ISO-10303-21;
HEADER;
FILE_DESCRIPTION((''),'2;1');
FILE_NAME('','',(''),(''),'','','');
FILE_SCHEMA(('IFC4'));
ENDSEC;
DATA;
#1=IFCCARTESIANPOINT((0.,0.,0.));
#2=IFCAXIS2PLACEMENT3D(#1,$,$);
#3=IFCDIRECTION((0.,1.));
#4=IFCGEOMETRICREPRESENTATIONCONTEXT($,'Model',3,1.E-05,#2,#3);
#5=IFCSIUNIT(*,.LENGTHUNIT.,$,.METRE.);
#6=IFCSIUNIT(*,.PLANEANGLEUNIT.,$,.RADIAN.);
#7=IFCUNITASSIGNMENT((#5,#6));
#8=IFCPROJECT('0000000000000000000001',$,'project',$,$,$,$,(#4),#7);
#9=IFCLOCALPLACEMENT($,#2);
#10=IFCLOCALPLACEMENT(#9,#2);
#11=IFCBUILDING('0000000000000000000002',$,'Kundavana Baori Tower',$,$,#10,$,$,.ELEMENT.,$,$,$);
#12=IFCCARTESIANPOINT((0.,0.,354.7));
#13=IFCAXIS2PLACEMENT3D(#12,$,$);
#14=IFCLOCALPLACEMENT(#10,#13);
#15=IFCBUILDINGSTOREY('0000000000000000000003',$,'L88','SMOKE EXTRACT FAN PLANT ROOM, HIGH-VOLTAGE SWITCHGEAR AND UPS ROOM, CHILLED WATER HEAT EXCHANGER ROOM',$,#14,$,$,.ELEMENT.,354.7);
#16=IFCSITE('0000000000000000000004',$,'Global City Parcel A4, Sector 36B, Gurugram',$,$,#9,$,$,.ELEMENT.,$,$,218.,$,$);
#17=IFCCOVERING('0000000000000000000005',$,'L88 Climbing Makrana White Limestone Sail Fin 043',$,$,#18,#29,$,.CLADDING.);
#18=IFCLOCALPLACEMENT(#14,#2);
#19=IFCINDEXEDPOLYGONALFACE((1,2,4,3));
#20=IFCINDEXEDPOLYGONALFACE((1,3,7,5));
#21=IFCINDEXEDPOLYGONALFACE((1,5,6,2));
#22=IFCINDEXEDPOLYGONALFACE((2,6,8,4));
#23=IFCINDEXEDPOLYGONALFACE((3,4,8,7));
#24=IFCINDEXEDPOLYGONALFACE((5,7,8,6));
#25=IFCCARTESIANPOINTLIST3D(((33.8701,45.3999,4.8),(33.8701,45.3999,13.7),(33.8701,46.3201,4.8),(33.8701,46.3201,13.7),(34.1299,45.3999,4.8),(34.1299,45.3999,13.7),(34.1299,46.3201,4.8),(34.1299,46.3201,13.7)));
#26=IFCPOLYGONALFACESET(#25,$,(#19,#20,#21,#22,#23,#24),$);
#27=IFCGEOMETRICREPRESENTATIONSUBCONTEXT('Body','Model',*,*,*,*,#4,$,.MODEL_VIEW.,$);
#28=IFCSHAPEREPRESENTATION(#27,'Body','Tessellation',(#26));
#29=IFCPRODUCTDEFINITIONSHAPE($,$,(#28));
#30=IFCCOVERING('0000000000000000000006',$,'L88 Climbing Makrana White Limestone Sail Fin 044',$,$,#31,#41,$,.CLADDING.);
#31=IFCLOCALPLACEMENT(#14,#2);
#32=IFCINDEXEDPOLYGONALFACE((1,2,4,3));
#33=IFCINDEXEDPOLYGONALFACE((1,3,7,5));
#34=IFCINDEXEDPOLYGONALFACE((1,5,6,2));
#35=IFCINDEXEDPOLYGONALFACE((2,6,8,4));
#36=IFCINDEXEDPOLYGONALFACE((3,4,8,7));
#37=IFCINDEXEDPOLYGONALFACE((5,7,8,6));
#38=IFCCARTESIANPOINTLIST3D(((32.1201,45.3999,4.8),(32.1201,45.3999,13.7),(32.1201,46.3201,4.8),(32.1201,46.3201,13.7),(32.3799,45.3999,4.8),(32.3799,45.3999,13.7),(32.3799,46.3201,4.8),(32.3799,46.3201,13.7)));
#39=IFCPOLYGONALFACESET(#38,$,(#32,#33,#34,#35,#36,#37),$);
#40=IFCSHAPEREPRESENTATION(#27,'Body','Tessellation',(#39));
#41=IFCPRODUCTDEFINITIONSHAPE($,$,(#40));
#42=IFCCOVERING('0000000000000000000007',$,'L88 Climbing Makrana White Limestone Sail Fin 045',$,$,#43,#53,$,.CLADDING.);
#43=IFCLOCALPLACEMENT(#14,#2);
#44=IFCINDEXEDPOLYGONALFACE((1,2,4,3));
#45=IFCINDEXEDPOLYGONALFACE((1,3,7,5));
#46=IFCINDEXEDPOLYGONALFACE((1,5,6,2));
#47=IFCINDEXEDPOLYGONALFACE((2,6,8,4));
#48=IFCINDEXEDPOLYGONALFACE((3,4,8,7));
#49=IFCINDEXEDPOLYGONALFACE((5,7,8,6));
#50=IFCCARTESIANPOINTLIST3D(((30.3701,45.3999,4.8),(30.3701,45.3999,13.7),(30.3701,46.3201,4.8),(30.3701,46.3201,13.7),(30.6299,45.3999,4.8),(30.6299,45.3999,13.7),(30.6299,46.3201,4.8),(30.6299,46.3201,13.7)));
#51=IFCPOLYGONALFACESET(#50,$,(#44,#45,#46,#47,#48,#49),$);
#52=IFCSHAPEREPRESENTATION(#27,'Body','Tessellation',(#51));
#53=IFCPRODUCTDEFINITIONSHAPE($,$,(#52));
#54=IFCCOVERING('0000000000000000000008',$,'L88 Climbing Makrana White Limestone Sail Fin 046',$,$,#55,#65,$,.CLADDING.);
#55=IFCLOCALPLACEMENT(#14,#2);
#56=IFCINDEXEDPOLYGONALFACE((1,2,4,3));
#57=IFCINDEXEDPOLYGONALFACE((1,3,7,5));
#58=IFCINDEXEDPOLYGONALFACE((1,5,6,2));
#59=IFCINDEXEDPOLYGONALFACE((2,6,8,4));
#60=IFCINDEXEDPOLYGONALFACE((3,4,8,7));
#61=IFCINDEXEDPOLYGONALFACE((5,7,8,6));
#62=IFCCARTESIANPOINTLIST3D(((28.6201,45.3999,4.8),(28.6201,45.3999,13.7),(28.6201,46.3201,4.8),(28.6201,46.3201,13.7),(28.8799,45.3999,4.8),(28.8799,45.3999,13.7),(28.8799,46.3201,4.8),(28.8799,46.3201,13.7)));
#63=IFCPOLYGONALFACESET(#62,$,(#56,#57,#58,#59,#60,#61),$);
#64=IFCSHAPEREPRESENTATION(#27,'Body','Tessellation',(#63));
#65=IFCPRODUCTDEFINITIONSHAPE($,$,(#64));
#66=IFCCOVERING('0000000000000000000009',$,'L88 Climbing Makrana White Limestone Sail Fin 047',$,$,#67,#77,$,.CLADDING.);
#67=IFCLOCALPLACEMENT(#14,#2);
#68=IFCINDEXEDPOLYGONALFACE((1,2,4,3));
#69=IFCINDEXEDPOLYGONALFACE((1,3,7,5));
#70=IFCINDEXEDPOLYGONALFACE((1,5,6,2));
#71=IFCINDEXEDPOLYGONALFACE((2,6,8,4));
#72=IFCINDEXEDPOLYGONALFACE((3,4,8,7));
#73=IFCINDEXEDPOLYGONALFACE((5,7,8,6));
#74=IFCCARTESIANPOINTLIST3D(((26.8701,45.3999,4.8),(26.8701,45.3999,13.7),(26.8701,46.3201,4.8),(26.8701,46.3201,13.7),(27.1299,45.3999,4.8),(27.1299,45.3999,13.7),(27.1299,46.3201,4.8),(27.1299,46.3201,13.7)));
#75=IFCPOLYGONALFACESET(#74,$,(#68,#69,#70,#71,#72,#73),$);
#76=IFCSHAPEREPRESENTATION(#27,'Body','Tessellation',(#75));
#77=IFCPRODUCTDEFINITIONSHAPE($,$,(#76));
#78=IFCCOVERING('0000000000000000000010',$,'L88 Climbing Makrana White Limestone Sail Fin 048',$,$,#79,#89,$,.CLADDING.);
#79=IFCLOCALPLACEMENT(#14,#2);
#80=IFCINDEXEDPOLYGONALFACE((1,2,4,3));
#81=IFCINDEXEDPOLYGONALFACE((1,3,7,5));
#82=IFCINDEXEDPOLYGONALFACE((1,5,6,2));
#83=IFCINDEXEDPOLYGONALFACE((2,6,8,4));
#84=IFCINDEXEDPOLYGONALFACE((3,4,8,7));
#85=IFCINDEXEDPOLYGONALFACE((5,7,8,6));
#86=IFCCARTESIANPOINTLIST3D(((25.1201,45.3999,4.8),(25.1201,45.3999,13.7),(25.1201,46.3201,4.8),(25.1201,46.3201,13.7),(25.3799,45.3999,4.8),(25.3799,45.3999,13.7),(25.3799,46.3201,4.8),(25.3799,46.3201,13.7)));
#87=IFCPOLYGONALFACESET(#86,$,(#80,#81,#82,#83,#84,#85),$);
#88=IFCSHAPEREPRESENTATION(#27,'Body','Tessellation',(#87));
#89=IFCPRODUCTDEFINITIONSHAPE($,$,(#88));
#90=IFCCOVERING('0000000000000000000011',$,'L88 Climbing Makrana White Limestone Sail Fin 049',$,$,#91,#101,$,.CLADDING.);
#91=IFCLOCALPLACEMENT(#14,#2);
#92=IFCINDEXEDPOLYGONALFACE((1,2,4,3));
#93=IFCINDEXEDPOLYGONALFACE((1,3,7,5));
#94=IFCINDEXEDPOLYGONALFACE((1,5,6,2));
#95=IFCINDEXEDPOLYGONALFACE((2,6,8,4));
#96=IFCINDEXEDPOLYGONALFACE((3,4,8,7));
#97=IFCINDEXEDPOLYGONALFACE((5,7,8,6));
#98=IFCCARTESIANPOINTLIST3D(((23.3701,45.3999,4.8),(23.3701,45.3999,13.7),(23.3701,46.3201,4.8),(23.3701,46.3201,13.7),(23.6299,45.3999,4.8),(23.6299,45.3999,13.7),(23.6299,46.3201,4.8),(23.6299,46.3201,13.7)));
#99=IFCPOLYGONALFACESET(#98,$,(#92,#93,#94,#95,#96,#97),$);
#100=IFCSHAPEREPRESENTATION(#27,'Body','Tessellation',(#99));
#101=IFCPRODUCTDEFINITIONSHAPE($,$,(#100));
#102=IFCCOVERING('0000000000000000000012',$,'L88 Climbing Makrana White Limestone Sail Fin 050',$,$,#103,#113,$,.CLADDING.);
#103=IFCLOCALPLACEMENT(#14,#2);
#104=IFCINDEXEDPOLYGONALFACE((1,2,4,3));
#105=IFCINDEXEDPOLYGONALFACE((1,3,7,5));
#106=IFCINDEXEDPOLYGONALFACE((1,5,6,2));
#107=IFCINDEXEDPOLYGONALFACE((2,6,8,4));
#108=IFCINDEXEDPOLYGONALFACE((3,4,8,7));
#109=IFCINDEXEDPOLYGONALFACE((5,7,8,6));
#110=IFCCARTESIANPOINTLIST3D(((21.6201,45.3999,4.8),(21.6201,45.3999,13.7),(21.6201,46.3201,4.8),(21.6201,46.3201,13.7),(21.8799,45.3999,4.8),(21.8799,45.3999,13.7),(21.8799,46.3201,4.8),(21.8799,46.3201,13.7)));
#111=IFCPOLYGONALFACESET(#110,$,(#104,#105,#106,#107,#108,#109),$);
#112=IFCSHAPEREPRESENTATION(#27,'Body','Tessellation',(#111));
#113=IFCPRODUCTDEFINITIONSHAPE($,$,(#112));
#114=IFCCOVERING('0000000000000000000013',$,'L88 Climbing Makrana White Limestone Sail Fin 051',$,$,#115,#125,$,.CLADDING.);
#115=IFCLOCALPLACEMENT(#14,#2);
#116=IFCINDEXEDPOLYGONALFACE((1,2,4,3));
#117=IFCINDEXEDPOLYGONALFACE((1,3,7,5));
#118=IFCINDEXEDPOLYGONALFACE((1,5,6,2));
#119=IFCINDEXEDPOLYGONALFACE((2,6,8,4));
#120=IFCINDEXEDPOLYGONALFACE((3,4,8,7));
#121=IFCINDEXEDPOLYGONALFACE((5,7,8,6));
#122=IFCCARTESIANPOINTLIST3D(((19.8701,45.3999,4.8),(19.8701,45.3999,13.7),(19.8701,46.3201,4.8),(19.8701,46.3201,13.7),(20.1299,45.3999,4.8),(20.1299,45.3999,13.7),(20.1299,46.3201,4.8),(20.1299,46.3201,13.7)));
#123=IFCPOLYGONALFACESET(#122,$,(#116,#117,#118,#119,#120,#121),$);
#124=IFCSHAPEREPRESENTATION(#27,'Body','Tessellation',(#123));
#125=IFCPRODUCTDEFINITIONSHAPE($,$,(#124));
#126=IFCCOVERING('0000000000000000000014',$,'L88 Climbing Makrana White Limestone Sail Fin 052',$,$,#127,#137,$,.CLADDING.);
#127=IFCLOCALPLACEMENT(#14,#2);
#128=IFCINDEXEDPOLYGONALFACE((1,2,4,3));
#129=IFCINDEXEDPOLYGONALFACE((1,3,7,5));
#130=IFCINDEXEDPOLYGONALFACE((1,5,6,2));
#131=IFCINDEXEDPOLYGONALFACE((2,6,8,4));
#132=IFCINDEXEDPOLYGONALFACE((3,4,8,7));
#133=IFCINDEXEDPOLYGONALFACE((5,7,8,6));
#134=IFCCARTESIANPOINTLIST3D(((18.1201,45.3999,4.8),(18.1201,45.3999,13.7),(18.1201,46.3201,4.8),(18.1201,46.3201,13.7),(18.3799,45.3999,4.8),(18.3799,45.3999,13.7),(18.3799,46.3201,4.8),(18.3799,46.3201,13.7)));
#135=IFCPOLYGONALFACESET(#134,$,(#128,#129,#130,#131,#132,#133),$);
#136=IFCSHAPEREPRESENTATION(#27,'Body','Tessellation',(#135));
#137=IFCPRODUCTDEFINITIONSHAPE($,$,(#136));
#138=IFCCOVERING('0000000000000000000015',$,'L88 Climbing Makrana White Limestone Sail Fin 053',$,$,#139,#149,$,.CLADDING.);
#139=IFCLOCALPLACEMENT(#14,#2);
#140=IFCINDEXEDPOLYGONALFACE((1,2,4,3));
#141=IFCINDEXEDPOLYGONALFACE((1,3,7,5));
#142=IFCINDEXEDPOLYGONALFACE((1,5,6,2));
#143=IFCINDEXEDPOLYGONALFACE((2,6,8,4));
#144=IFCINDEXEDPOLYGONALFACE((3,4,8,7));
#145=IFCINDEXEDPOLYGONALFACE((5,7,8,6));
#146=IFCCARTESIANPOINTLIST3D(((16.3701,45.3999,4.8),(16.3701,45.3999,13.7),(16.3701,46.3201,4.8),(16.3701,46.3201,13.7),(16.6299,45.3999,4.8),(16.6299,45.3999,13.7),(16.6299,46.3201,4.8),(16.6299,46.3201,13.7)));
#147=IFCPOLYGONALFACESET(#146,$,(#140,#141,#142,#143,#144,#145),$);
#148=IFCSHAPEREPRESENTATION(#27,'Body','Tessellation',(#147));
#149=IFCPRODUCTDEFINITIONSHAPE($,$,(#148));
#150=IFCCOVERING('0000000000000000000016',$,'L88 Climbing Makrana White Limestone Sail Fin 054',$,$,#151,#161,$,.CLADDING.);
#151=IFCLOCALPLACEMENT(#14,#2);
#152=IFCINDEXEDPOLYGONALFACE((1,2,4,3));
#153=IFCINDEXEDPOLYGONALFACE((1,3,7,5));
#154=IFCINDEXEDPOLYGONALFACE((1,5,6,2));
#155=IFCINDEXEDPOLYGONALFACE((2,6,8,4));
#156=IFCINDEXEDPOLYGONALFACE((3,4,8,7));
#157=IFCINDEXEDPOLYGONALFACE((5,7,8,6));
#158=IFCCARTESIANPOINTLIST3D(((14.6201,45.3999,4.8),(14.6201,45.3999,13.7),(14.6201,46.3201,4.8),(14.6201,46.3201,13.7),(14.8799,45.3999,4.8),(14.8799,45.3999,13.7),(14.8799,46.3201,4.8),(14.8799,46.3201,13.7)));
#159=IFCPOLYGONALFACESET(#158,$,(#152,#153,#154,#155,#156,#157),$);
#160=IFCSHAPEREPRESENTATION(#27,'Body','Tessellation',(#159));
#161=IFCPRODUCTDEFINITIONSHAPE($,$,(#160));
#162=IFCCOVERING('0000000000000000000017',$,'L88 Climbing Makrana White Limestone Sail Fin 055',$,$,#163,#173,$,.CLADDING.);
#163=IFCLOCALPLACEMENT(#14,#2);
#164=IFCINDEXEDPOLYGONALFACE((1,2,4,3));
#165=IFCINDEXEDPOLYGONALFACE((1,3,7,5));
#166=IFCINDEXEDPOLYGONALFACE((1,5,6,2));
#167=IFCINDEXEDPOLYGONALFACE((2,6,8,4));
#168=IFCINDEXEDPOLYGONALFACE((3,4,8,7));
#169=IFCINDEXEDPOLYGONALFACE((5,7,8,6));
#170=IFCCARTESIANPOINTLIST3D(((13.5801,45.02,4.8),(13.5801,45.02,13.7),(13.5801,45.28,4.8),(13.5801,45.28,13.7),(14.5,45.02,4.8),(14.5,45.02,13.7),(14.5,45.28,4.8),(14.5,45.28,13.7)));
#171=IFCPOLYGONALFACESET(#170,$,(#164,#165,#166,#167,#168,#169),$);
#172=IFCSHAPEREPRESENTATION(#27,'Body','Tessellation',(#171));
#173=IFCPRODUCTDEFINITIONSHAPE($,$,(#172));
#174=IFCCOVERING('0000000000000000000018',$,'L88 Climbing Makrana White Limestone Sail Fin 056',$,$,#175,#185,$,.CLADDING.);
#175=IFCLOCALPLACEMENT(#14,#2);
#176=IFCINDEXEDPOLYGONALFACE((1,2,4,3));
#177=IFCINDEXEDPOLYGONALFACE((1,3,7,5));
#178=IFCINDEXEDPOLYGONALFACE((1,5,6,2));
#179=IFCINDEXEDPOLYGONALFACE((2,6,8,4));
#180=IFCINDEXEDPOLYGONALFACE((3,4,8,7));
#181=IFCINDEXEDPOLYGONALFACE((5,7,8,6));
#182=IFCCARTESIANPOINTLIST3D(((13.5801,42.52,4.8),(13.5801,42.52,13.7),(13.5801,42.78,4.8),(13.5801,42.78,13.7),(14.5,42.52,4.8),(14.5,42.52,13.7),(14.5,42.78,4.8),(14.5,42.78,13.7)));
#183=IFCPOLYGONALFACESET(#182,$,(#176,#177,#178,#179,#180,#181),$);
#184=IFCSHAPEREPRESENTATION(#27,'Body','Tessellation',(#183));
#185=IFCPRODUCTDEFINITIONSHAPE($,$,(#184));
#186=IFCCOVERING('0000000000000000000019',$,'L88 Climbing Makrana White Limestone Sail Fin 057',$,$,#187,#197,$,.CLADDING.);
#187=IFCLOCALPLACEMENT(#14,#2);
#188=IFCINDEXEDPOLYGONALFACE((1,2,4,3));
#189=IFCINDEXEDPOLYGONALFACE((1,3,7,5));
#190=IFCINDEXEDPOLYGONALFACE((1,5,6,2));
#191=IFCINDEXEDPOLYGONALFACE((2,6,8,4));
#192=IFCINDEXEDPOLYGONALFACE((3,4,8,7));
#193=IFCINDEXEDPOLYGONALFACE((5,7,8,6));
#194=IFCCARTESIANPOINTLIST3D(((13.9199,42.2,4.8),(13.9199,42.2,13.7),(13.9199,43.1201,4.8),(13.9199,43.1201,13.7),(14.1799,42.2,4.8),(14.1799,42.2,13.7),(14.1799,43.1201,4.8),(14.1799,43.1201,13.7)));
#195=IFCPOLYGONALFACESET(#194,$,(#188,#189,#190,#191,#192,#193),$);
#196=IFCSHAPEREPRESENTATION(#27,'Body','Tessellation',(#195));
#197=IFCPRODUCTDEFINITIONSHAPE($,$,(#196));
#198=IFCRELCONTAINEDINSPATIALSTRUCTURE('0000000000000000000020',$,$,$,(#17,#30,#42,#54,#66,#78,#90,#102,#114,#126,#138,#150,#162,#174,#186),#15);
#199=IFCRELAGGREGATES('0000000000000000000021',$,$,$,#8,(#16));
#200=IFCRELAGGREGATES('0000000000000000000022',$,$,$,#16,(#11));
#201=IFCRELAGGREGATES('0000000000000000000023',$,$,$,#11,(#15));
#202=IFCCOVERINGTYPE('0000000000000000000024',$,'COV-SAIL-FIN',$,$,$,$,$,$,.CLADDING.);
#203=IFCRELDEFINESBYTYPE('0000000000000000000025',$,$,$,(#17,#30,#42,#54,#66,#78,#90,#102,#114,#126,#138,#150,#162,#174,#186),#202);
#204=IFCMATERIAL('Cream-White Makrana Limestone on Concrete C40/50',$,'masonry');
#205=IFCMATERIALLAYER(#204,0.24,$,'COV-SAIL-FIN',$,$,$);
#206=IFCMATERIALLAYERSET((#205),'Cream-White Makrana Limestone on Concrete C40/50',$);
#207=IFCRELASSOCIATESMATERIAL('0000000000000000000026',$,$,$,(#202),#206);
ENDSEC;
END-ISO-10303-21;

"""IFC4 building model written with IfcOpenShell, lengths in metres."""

from ifc_helpers import new_model, si_unit, direction, frame, origin, place, context, subcontext, project, spatial, polyline, outline, extrude, material, layer, layer_set, type_object, element, save


model = new_model("IFC4")

# Units and contexts
model_context = context("Model", 3, precision=1e-05, world=origin(), true_north=direction((0.0, 1.0)))
body_context = subcontext(model_context, "Body", "Model", "MODEL_VIEW")
ifc_project = project(units=[si_unit("LENGTHUNIT", "METRE"), si_unit("PLANEANGLEUNIT", "RADIAN")], contexts=[model_context])

# Site, building, storey
site_placement = place(None, origin())
site = spatial("IfcSite", under=ifc_project, at=site_placement, Name="Global City Parcel A4, Sector 36B, Gurugram", CompositionType="ELEMENT", RefElevation=218.0)
building_placement = place(site_placement, origin())
building = spatial("IfcBuilding", under=site, at=building_placement, Name="Kundavana Baori Tower", CompositionType="ELEMENT")
storey_placement = place(building_placement, frame((0.0, 0.0, 354.7)))
storey = spatial("IfcBuildingStorey", under=building, at=storey_placement, Name="L88", Description="SMOKE EXTRACT FAN PLANT ROOM, HIGH-VOLTAGE SWITCHGEAR AND UPS ROOM, CHILLED WATER HEAT EXCHANGER ROOM", CompositionType="ELEMENT", Elevation=354.7)

# Coverings
ifc_material = material(Name="Cream-White Makrana Limestone on Concrete C40/50", Category="masonry")
ifc_layer = layer(ifc_material, 0.24, Name="COV-SAIL-FIN")
ifc_layer_set = layer_set([ifc_layer], Name="Cream-White Makrana Limestone on Concrete C40/50")
covering_type = type_object("IfcCoveringType", Name="COV-SAIL-FIN", PredefinedType="CLADDING", material=ifc_layer_set)
covering_1_placement = place(storey_placement, frame((0.0, 0.0, 4.8)))
element("IfcCovering", 1, at=covering_1_placement, inside=storey, type_object=covering_type, Name="L88 Climbing Makrana White Limestone Sail Fin 043", PredefinedType="CLADDING", context=body_context, shape_type="SweptSolid", body=[
    extrude(outline(polyline([(33.8701, 45.3999), (34.1299, 45.3999), (34.1299, 46.3201), (33.8701, 46.3201), (33.8701, 45.3999)])), origin(), (0.0, 0.0, 1.0), 8.8999),
])
covering_2_placement = place(storey_placement, frame((0.0, 0.0, 4.8)))
element("IfcCovering", 2, at=covering_2_placement, inside=storey, type_object=covering_type, Name="L88 Climbing Makrana White Limestone Sail Fin 044", PredefinedType="CLADDING", context=body_context, shape_type="SweptSolid", body=[
    extrude(outline(polyline([(32.1201, 45.3999), (32.3799, 45.3999), (32.3799, 46.3201), (32.1201, 46.3201), (32.1201, 45.3999)])), origin(), (0.0, 0.0, 1.0), 8.8999),
])
covering_3_placement = place(storey_placement, frame((0.0, 0.0, 4.8)))
element("IfcCovering", 3, at=covering_3_placement, inside=storey, type_object=covering_type, Name="L88 Climbing Makrana White Limestone Sail Fin 045", PredefinedType="CLADDING", context=body_context, shape_type="SweptSolid", body=[
    extrude(outline(polyline([(30.3701, 45.3999), (30.6299, 45.3999), (30.6299, 46.3201), (30.3701, 46.3201), (30.3701, 45.3999)])), origin(), (0.0, 0.0, 1.0), 8.8999),
])
covering_4_placement = place(storey_placement, frame((0.0, 0.0, 4.8)))
element("IfcCovering", 4, at=covering_4_placement, inside=storey, type_object=covering_type, Name="L88 Climbing Makrana White Limestone Sail Fin 046", PredefinedType="CLADDING", context=body_context, shape_type="SweptSolid", body=[
    extrude(outline(polyline([(28.6201, 45.3999), (28.8799, 45.3999), (28.8799, 46.3201), (28.6201, 46.3201), (28.6201, 45.3999)])), origin(), (0.0, 0.0, 1.0), 8.8999),
])
covering_5_placement = place(storey_placement, frame((0.0, 0.0, 4.8)))
element("IfcCovering", 5, at=covering_5_placement, inside=storey, type_object=covering_type, Name="L88 Climbing Makrana White Limestone Sail Fin 047", PredefinedType="CLADDING", context=body_context, shape_type="SweptSolid", body=[
    extrude(outline(polyline([(26.8701, 45.3999), (27.1299, 45.3999), (27.1299, 46.3201), (26.8701, 46.3201), (26.8701, 45.3999)])), origin(), (0.0, 0.0, 1.0), 8.8999),
])
covering_6_placement = place(storey_placement, frame((0.0, 0.0, 4.8)))
element("IfcCovering", 6, at=covering_6_placement, inside=storey, type_object=covering_type, Name="L88 Climbing Makrana White Limestone Sail Fin 048", PredefinedType="CLADDING", context=body_context, shape_type="SweptSolid", body=[
    extrude(outline(polyline([(25.1201, 45.3999), (25.3799, 45.3999), (25.3799, 46.3201), (25.1201, 46.3201), (25.1201, 45.3999)])), origin(), (0.0, 0.0, 1.0), 8.8999),
])
covering_7_placement = place(storey_placement, frame((0.0, 0.0, 4.8)))
element("IfcCovering", 7, at=covering_7_placement, inside=storey, type_object=covering_type, Name="L88 Climbing Makrana White Limestone Sail Fin 049", PredefinedType="CLADDING", context=body_context, shape_type="SweptSolid", body=[
    extrude(outline(polyline([(23.3701, 45.3999), (23.6299, 45.3999), (23.6299, 46.3201), (23.3701, 46.3201), (23.3701, 45.3999)])), origin(), (0.0, 0.0, 1.0), 8.8999),
])
covering_8_placement = place(storey_placement, frame((0.0, 0.0, 4.8)))
element("IfcCovering", 8, at=covering_8_placement, inside=storey, type_object=covering_type, Name="L88 Climbing Makrana White Limestone Sail Fin 050", PredefinedType="CLADDING", context=body_context, shape_type="SweptSolid", body=[
    extrude(outline(polyline([(21.6201, 45.3999), (21.8799, 45.3999), (21.8799, 46.3201), (21.6201, 46.3201), (21.6201, 45.3999)])), origin(), (0.0, 0.0, 1.0), 8.8999),
])
covering_9_placement = place(storey_placement, frame((0.0, 0.0, 4.8)))
element("IfcCovering", 9, at=covering_9_placement, inside=storey, type_object=covering_type, Name="L88 Climbing Makrana White Limestone Sail Fin 051", PredefinedType="CLADDING", context=body_context, shape_type="SweptSolid", body=[
    extrude(outline(polyline([(19.8701, 45.3999), (20.1299, 45.3999), (20.1299, 46.3201), (19.8701, 46.3201), (19.8701, 45.3999)])), origin(), (0.0, 0.0, 1.0), 8.8999),
])
covering_10_placement = place(storey_placement, frame((0.0, 0.0, 4.8)))
element("IfcCovering", 10, at=covering_10_placement, inside=storey, type_object=covering_type, Name="L88 Climbing Makrana White Limestone Sail Fin 052", PredefinedType="CLADDING", context=body_context, shape_type="SweptSolid", body=[
    extrude(outline(polyline([(18.1201, 45.3999), (18.3799, 45.3999), (18.3799, 46.3201), (18.1201, 46.3201), (18.1201, 45.3999)])), origin(), (0.0, 0.0, 1.0), 8.8999),
])
covering_11_placement = place(storey_placement, frame((0.0, 0.0, 4.8)))
element("IfcCovering", 11, at=covering_11_placement, inside=storey, type_object=covering_type, Name="L88 Climbing Makrana White Limestone Sail Fin 053", PredefinedType="CLADDING", context=body_context, shape_type="SweptSolid", body=[
    extrude(outline(polyline([(16.3701, 45.3999), (16.6299, 45.3999), (16.6299, 46.3201), (16.3701, 46.3201), (16.3701, 45.3999)])), origin(), (0.0, 0.0, 1.0), 8.8999),
])
covering_12_placement = place(storey_placement, frame((0.0, 0.0, 4.8)))
element("IfcCovering", 12, at=covering_12_placement, inside=storey, type_object=covering_type, Name="L88 Climbing Makrana White Limestone Sail Fin 054", PredefinedType="CLADDING", context=body_context, shape_type="SweptSolid", body=[
    extrude(outline(polyline([(14.6201, 45.3999), (14.8799, 45.3999), (14.8799, 46.3201), (14.6201, 46.3201), (14.6201, 45.3999)])), origin(), (0.0, 0.0, 1.0), 8.8999),
])
covering_13_placement = place(storey_placement, frame((0.0, 0.0, 4.8)))
element("IfcCovering", 13, at=covering_13_placement, inside=storey, type_object=covering_type, Name="L88 Climbing Makrana White Limestone Sail Fin 055", PredefinedType="CLADDING", context=body_context, shape_type="SweptSolid", body=[
    extrude(outline(polyline([(13.5801, 45.02), (14.5, 45.02), (14.5, 45.28), (13.5801, 45.28), (13.5801, 45.02)])), origin(), (0.0, 0.0, 1.0), 8.8999),
])
covering_14_placement = place(storey_placement, frame((0.0, 0.0, 4.8)))
element("IfcCovering", 14, at=covering_14_placement, inside=storey, type_object=covering_type, Name="L88 Climbing Makrana White Limestone Sail Fin 056", PredefinedType="CLADDING", context=body_context, shape_type="SweptSolid", body=[
    extrude(outline(polyline([(13.5801, 42.52), (14.5, 42.52), (14.5, 42.78), (13.5801, 42.78), (13.5801, 42.52)])), origin(), (0.0, 0.0, 1.0), 8.8999),
])
covering_15_placement = place(storey_placement, frame((0.0, 0.0, 4.8)))
element("IfcCovering", 15, at=covering_15_placement, inside=storey, type_object=covering_type, Name="L88 Climbing Makrana White Limestone Sail Fin 057", PredefinedType="CLADDING", context=body_context, shape_type="SweptSolid", body=[
    extrude(outline(polyline([(13.9199, 42.2), (14.1799, 42.2), (14.1799, 43.1201), (13.9199, 43.1201), (13.9199, 42.2)])), origin(), (0.0, 0.0, 1.0), 8.8999),
])

save(model, "model.ifc")
